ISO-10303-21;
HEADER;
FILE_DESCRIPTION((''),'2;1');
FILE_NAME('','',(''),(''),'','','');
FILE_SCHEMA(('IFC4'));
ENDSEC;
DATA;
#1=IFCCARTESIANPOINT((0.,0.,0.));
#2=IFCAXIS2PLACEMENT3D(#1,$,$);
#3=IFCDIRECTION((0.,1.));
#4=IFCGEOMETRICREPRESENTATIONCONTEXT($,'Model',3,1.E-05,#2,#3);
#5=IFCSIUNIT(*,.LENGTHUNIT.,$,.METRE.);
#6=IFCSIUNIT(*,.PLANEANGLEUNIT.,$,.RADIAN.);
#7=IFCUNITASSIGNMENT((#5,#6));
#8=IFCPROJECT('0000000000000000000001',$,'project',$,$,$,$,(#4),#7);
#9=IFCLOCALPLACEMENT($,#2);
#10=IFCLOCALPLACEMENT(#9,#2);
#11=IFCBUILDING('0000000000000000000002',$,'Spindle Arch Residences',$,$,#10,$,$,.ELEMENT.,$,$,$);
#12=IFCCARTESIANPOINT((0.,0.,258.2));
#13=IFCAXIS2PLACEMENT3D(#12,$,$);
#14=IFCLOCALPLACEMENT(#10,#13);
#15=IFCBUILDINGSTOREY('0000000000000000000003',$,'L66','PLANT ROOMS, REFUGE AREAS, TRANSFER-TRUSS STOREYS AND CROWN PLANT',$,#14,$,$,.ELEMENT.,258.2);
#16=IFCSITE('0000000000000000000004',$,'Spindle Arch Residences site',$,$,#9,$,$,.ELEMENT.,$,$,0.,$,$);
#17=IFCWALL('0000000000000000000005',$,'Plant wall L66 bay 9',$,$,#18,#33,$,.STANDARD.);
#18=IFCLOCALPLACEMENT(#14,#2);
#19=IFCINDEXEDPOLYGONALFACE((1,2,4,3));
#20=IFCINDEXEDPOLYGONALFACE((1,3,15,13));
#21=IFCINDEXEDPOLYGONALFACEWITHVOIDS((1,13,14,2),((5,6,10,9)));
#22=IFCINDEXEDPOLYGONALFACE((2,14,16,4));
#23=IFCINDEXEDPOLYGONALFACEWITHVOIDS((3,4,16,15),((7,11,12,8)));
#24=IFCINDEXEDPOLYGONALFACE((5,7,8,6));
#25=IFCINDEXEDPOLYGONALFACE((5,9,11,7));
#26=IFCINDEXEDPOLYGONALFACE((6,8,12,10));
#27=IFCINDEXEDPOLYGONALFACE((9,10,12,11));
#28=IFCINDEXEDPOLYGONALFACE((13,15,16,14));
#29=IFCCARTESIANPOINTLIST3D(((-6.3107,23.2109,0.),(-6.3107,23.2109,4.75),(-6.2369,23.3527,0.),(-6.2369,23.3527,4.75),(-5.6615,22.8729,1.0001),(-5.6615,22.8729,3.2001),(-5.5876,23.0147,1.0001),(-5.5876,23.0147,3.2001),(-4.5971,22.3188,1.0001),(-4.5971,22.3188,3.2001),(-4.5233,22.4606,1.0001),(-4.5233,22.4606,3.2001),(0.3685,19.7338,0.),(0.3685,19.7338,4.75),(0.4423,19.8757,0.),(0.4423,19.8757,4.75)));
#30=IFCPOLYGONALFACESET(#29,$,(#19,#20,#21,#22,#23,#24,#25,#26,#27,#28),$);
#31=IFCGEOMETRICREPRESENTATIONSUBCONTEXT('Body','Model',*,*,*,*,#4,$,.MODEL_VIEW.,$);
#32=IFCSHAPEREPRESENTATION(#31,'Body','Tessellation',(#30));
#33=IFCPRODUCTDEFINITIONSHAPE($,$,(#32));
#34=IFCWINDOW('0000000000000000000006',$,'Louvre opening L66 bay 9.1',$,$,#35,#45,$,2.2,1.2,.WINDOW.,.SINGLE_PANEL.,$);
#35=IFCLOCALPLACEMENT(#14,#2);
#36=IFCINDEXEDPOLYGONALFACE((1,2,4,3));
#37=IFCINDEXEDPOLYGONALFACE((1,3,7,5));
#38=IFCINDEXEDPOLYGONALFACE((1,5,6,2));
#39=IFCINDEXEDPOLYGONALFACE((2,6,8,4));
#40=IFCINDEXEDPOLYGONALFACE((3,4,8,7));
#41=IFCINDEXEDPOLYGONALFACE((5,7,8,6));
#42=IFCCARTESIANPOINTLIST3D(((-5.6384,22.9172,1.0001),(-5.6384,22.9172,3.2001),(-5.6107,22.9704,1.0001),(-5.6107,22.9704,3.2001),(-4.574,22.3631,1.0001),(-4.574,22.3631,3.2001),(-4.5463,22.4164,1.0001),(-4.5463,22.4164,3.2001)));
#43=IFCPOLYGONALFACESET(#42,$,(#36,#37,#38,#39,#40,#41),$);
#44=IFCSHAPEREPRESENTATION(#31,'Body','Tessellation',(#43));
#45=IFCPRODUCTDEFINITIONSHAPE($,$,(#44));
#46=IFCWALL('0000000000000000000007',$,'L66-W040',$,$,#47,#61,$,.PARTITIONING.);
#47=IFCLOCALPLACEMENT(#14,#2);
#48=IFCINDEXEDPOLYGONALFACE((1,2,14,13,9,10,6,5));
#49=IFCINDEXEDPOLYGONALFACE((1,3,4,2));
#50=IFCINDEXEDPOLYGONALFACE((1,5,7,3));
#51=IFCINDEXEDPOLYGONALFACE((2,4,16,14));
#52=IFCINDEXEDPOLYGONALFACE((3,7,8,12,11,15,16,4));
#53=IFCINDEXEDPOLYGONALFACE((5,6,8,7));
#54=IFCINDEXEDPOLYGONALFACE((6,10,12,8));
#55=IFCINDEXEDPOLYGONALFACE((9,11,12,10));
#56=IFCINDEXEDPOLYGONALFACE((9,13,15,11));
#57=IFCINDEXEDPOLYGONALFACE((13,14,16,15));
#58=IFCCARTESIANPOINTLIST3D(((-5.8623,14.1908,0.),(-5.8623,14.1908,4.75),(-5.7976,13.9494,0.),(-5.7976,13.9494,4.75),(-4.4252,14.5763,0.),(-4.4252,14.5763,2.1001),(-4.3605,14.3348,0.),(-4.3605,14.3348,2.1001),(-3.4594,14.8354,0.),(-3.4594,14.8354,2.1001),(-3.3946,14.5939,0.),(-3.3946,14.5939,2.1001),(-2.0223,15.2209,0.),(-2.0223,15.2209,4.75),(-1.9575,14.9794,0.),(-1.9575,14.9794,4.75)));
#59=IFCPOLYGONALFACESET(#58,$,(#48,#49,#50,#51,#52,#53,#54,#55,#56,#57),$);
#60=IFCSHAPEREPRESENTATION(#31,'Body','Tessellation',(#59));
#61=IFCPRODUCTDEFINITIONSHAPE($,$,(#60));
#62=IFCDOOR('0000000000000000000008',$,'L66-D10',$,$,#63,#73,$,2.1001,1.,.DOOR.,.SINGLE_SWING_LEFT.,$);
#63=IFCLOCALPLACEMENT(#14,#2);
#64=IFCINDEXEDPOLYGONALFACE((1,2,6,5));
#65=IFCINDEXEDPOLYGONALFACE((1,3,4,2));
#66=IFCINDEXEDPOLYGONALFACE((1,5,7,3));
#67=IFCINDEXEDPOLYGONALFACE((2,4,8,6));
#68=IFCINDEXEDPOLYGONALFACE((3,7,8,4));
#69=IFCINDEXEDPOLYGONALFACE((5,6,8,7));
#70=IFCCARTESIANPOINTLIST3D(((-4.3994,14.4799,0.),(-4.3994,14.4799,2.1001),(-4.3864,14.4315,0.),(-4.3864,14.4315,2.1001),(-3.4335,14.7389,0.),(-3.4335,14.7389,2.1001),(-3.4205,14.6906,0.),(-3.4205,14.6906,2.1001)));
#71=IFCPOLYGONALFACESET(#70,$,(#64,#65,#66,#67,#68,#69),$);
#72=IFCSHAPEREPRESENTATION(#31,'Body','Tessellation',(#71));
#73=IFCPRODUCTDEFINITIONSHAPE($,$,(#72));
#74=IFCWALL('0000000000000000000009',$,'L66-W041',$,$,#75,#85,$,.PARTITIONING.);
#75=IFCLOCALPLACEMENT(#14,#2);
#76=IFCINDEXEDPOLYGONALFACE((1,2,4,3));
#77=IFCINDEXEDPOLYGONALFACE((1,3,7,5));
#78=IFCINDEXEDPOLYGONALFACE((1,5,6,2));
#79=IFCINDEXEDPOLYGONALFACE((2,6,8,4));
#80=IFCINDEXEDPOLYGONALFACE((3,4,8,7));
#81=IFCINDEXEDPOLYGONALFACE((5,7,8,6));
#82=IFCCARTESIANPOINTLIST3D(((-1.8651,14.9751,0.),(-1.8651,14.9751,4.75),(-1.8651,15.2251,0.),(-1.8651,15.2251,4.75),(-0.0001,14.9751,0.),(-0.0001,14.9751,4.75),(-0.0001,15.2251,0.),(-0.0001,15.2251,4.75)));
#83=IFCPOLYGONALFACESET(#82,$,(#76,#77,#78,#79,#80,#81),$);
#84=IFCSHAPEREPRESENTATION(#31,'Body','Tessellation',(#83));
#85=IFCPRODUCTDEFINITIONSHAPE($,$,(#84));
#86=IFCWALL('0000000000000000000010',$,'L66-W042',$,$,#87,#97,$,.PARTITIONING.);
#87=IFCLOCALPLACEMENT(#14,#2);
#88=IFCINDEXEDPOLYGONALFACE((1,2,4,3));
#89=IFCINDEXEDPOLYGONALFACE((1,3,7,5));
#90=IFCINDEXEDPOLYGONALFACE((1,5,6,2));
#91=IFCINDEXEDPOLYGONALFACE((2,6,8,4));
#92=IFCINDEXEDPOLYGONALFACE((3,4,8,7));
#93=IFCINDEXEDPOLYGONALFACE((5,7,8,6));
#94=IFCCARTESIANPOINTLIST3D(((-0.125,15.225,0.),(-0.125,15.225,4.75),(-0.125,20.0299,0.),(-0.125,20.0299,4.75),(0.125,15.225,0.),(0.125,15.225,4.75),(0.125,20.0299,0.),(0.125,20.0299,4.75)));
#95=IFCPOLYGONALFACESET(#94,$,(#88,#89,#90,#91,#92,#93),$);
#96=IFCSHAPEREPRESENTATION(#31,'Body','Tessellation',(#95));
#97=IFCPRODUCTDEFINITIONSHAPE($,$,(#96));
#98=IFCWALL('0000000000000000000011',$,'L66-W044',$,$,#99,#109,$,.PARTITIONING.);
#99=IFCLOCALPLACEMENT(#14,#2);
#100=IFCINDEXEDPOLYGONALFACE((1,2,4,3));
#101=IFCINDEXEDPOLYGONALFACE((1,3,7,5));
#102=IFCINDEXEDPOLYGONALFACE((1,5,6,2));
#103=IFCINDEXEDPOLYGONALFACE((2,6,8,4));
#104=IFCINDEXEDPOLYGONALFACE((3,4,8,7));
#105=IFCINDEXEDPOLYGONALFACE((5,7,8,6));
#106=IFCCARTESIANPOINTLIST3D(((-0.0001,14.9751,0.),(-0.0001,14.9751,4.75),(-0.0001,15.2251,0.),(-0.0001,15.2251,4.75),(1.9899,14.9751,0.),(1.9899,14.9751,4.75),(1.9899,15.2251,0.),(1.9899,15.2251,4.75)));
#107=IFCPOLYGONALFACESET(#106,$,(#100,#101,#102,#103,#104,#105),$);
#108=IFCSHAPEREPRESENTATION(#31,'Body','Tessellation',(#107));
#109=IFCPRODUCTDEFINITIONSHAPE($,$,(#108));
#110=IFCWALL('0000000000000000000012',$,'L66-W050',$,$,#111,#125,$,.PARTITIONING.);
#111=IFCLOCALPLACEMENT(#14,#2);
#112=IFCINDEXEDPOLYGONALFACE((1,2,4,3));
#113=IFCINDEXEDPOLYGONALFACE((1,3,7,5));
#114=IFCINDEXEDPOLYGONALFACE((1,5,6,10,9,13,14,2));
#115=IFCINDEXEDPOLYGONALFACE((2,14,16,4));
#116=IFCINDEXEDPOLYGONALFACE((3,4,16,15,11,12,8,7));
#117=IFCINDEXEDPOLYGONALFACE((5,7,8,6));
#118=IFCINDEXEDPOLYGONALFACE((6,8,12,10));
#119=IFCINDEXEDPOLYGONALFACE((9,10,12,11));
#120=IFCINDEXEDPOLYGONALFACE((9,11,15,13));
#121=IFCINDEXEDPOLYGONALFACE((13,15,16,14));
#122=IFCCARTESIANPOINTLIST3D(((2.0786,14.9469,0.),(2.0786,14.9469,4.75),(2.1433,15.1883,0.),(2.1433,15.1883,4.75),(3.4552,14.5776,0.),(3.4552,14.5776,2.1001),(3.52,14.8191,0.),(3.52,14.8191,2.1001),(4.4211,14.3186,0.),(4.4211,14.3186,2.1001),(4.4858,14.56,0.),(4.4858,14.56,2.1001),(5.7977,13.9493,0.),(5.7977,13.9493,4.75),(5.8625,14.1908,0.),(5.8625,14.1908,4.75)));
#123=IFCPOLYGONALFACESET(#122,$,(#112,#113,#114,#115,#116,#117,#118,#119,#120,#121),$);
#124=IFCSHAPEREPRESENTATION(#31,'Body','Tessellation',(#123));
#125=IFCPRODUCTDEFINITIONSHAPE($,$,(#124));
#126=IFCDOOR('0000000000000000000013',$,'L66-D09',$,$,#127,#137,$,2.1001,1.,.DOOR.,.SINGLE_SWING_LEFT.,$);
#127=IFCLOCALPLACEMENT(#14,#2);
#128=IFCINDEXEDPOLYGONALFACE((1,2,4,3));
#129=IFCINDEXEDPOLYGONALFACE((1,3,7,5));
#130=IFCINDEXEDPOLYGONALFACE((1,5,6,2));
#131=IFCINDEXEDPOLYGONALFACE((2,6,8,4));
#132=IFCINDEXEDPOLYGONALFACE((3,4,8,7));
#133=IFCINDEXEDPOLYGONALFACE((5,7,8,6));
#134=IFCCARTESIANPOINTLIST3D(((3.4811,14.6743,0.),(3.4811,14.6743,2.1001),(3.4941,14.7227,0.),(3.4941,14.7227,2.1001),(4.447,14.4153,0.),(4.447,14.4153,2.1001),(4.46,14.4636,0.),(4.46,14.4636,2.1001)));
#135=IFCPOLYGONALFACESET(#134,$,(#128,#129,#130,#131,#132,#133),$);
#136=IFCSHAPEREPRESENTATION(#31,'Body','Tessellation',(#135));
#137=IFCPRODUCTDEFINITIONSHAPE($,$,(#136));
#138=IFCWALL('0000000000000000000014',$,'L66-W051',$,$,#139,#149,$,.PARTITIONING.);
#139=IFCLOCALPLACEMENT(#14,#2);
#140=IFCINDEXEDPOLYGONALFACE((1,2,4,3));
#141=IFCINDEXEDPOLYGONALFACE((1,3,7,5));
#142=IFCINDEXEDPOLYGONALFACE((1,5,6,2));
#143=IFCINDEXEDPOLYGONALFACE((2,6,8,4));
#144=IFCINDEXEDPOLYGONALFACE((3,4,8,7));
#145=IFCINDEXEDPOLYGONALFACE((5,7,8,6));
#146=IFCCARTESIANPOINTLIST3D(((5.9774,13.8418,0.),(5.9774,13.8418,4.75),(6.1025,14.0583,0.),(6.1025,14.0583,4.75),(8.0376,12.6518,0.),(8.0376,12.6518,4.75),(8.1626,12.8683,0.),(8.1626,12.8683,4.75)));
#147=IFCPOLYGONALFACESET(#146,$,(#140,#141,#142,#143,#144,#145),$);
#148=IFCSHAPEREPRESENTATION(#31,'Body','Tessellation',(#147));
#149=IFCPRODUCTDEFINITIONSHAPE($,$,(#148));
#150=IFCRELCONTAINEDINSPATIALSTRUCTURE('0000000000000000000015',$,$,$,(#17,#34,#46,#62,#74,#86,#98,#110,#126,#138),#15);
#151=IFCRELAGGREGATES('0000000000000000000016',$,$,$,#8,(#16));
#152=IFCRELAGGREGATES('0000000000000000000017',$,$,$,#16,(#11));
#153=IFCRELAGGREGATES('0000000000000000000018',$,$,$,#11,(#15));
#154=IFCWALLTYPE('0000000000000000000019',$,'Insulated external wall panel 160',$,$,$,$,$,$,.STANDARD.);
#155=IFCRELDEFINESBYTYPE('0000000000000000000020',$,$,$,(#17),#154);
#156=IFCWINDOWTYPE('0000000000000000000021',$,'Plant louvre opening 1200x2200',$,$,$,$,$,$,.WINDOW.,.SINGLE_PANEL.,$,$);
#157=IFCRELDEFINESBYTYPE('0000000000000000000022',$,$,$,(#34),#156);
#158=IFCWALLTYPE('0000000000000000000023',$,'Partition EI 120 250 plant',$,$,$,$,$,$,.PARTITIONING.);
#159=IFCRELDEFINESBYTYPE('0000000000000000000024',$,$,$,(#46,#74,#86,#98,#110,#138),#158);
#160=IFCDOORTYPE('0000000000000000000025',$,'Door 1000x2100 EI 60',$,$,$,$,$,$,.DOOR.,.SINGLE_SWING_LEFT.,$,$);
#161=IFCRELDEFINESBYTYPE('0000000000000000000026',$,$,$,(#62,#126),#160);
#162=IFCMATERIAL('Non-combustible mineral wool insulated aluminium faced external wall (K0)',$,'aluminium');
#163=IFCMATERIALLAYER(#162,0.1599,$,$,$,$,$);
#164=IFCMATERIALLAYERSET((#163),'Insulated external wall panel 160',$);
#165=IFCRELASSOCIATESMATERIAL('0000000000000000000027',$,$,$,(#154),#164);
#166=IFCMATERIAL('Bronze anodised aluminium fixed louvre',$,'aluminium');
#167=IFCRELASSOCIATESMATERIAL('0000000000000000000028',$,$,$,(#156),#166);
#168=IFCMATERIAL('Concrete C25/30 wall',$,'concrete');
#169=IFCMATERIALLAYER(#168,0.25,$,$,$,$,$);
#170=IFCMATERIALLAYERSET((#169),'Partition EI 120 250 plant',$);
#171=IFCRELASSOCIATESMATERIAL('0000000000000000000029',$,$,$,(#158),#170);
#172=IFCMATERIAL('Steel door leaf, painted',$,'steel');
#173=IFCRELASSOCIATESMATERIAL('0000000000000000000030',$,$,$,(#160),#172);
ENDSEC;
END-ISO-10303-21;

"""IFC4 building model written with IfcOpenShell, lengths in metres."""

from ifc_helpers import new_model, si_unit, direction, frame, frame_2d, origin, place, context, subcontext, project, spatial, rectangle, extrude, material, layer, layer_set, type_object, element, fill, save


model = new_model("IFC4")

# Units and contexts
model_context = context("Model", 3, precision=1e-05, world=origin(), true_north=direction((0.0, 1.0)))
body_context = subcontext(model_context, "Body", "Model", "MODEL_VIEW")
ifc_project = project(units=[si_unit("LENGTHUNIT", "METRE"), si_unit("PLANEANGLEUNIT", "RADIAN")], contexts=[model_context])

# Site, building, storey
site_placement = place(None, origin())
site = spatial("IfcSite", under=ifc_project, at=site_placement, Name="Spindle Arch Residences site", CompositionType="ELEMENT", RefElevation=0.0)
building_placement = place(site_placement, origin())
building = spatial("IfcBuilding", under=site, at=building_placement, Name="Spindle Arch Residences", CompositionType="ELEMENT")
storey_placement = place(building_placement, frame((0.0, 0.0, 258.2)))
storey = spatial("IfcBuildingStorey", under=building, at=storey_placement, Name="L66", Description="PLANT ROOMS, REFUGE AREAS, TRANSFER-TRUSS STOREYS AND CROWN PLANT", CompositionType="ELEMENT", Elevation=258.2)

# Wall, opening, window
ifc_material_1 = material(Name="Non-combustible mineral wool insulated aluminium faced external wall (K0)", Category="aluminium")
ifc_layer_1 = layer(ifc_material_1, 0.1599)
ifc_layer_set_1 = layer_set([ifc_layer_1], Name="Insulated external wall panel 160")
wall_type_1 = type_object("IfcWallType", Name="Insulated external wall panel 160", PredefinedType="STANDARD", material=ifc_layer_set_1)
wall_1_placement = place(storey_placement, frame((0.4055, 19.8047, 0.0), z_axis=(0.0, 0.0, 1.0), x_axis=(-0.887006, 0.461757, 0.0)))
wall_1 = element("IfcWall", 1, at=wall_1_placement, inside=storey, type_object=wall_type_1, Name="Plant wall L66 bay 9", PredefinedType="STANDARD", context=body_context, shape_type="SweptSolid", body=[
    extrude(rectangle(XDim=7.53, YDim=0.1599, at=frame_2d((3.7651, 0.0))), origin(), (0.0, 0.0, 1.0), 4.75),
])
opening_1_placement = place(wall_1_placement, frame((5.5981, 0.0, 1.0)))
opening_1 = element("IfcOpeningElement", 2, at=opening_1_placement, cuts=wall_1, PredefinedType="OPENING", context=body_context, shape_type="SweptSolid", body=[
    extrude(rectangle(XDim=1.2, YDim=2.2, at=frame_2d((0.6001, 1.1001))), frame((0.0, 0.0898, 0.0), z_axis=(0.0, -1.0, 0.0), x_axis=(1.0, 0.0, 0.0)), (0.0, 0.0, 1.0), 0.1799),
])
ifc_material_2 = material(Name="Bronze anodised aluminium fixed louvre", Category="aluminium")
window_type_1 = type_object("IfcWindowType", Name="Plant louvre opening 1200x2200", PartitioningType="SINGLE_PANEL", PredefinedType="WINDOW", material=ifc_material_2)
window_1_placement = place(opening_1_placement, origin())
window_1 = element("IfcWindow", 3, at=window_1_placement, inside=storey, type_object=window_type_1, Name="Louvre opening L66 bay 9.1", OverallHeight=2.2, OverallWidth=1.2, PartitioningType="SINGLE_PANEL", PredefinedType="WINDOW", context=body_context, shape_type="SweptSolid", body=[
    extrude(rectangle(XDim=1.2, YDim=2.2, at=frame_2d((0.6001, 1.1001))), frame((0.0, 0.03, 0.0), z_axis=(0.0, -1.0, 0.0), x_axis=(1.0, 0.0, 0.0)), (0.0, 0.0, 1.0), 0.0601),
])
fill(opening_1, window_1)

# Wall, opening, door
ifc_material_3 = material(Name="Concrete C25/30 wall", Category="concrete")
ifc_layer_2 = layer(ifc_material_3, 0.25)
ifc_layer_set_2 = layer_set([ifc_layer_2], Name="Partition EI 120 250 plant")
wall_type_2 = type_object("IfcWallType", Name="Partition EI 120 250 plant", PredefinedType="PARTITIONING", material=ifc_layer_set_2)
wall_2_placement = place(storey_placement, frame((-1.99, 15.1001, 0.0), z_axis=(0.0, 0.0, 1.0), x_axis=(-0.965858, -0.259073, 0.0)))
wall_2 = element("IfcWall", 4, at=wall_2_placement, inside=storey, type_object=wall_type_2, Name="L66-W040", PredefinedType="PARTITIONING", context=body_context, shape_type="SweptSolid", body=[
    extrude(rectangle(XDim=3.9758, YDim=0.25, at=frame_2d((1.9878, 0.0))), origin(), (0.0, 0.0, 1.0), 4.75),
])
opening_2_placement = place(wall_2_placement, frame((1.4878, 0.0, 0.0)))
opening_2 = element("IfcOpeningElement", 5, at=opening_2_placement, cuts=wall_2, PredefinedType="OPENING", context=body_context, shape_type="SweptSolid", body=[
    extrude(rectangle(XDim=1.0, YDim=2.1001, at=frame_2d((0.5, 1.05))), frame((0.0, 0.135, 0.0), z_axis=(0.0, -1.0, 0.0), x_axis=(1.0, 0.0, 0.0)), (0.0, 0.0, 1.0), 0.27),
])
ifc_material_4 = material(Name="Steel door leaf, painted", Category="steel")
door_type_1 = type_object("IfcDoorType", Name="Door 1000x2100 EI 60", OperationType="SINGLE_SWING_LEFT", PredefinedType="DOOR", material=ifc_material_4)
door_1_placement = place(opening_2_placement, origin())
door_1 = element("IfcDoor", 6, at=door_1_placement, inside=storey, type_object=door_type_1, Name="L66-D10", OperationType="SINGLE_SWING_LEFT", OverallHeight=2.1001, OverallWidth=1.0, PredefinedType="DOOR", context=body_context, shape_type="SweptSolid", body=[
    extrude(rectangle(XDim=1.0, YDim=2.1001, at=frame_2d((0.5, 1.05))), frame((0.0, 0.0249, 0.0), z_axis=(0.0, -1.0, 0.0), x_axis=(1.0, 0.0, 0.0)), (0.0, 0.0, 1.0), 0.05),
])
fill(opening_2, door_1)

# Walls
wall_3_placement = place(storey_placement, frame((0.0, 15.1001, 0.0), z_axis=(0.0, 0.0, 1.0), x_axis=(-1.0, 0.0, 0.0)))
element("IfcWall", 7, at=wall_3_placement, inside=storey, type_object=wall_type_2, Name="L66-W041", PredefinedType="PARTITIONING", context=body_context, shape_type="SweptSolid", body=[
    extrude(rectangle(XDim=1.865, YDim=0.25, at=frame_2d((0.9326, 0.0))), origin(), (0.0, 0.0, 1.0), 4.75),
])
wall_4_placement = place(storey_placement, frame((0.0, 15.2251, 0.0), z_axis=(0.0, 0.0, 1.0), x_axis=(0.0, 1.0, 0.0)))
element("IfcWall", 8, at=wall_4_placement, inside=storey, type_object=wall_type_2, Name="L66-W042", PredefinedType="PARTITIONING", context=body_context, shape_type="SweptSolid", body=[
    extrude(rectangle(XDim=4.8049, YDim=0.25, at=frame_2d((2.4023, 0.0))), origin(), (0.0, 0.0, 1.0), 4.75),
])
wall_5_placement = place(storey_placement, frame((1.99, 15.1001, 0.0), z_axis=(0.0, 0.0, 1.0), x_axis=(-1.0, 0.0, 0.0)))
element("IfcWall", 9, at=wall_5_placement, inside=storey, type_object=wall_type_2, Name="L66-W044", PredefinedType="PARTITIONING", context=body_context, shape_type="SweptSolid", body=[
    extrude(rectangle(XDim=1.99, YDim=0.25, at=frame_2d((0.9951, 0.0))), origin(), (0.0, 0.0, 1.0), 4.75),
])

# Wall, opening, door
wall_6_placement = place(storey_placement, frame((5.8301, 14.0701, 0.0), z_axis=(0.0, 0.0, 1.0), x_axis=(-0.965861, 0.259059, 0.0)))
wall_6 = element("IfcWall", 10, at=wall_6_placement, inside=storey, type_object=wall_type_2, Name="L66-W050", PredefinedType="PARTITIONING", context=body_context, shape_type="SweptSolid", body=[
    extrude(rectangle(XDim=3.8506, YDim=0.25, at=frame_2d((1.9253, 0.0))), origin(), (0.0, 0.0, 1.0), 4.75),
])
opening_3_placement = place(wall_6_placement, frame((1.4253, 0.0, 0.0)))
opening_3 = element("IfcOpeningElement", 11, at=opening_3_placement, cuts=wall_6, PredefinedType="OPENING", context=body_context, shape_type="SweptSolid", body=[
    extrude(rectangle(XDim=1.0, YDim=2.1001, at=frame_2d((0.5, 1.05))), frame((0.0, 0.135, 0.0), z_axis=(0.0, -1.0, 0.0), x_axis=(1.0, 0.0, 0.0)), (0.0, 0.0, 1.0), 0.27),
])
door_2_placement = place(opening_3_placement, origin())
door_2 = element("IfcDoor", 12, at=door_2_placement, inside=storey, type_object=door_type_1, Name="L66-D09", OperationType="SINGLE_SWING_LEFT", OverallHeight=2.1001, OverallWidth=1.0, PredefinedType="DOOR", context=body_context, shape_type="SweptSolid", body=[
    extrude(rectangle(XDim=1.0, YDim=2.1001, at=frame_2d((0.5, 1.05))), frame((0.0, 0.0249, 0.0), z_axis=(0.0, -1.0, 0.0), x_axis=(1.0, 0.0, 0.0)), (0.0, 0.0, 1.0), 0.05),
])
fill(opening_3, door_2)

# Wall
wall_7_placement = place(storey_placement, frame((6.04, 13.95, 0.0), z_axis=(0.0, 0.0, 1.0), x_axis=(0.865922, -0.500178, 0.0)))
element("IfcWall", 13, at=wall_7_placement, inside=storey, type_object=wall_type_2, Name="L66-W051", PredefinedType="PARTITIONING", context=body_context, shape_type="SweptSolid", body=[
    extrude(rectangle(XDim=2.3792, YDim=0.25, at=frame_2d((1.1895, 0.0))), origin(), (0.0, 0.0, 1.0), 4.75),
])

save(model, "model.ifc")
